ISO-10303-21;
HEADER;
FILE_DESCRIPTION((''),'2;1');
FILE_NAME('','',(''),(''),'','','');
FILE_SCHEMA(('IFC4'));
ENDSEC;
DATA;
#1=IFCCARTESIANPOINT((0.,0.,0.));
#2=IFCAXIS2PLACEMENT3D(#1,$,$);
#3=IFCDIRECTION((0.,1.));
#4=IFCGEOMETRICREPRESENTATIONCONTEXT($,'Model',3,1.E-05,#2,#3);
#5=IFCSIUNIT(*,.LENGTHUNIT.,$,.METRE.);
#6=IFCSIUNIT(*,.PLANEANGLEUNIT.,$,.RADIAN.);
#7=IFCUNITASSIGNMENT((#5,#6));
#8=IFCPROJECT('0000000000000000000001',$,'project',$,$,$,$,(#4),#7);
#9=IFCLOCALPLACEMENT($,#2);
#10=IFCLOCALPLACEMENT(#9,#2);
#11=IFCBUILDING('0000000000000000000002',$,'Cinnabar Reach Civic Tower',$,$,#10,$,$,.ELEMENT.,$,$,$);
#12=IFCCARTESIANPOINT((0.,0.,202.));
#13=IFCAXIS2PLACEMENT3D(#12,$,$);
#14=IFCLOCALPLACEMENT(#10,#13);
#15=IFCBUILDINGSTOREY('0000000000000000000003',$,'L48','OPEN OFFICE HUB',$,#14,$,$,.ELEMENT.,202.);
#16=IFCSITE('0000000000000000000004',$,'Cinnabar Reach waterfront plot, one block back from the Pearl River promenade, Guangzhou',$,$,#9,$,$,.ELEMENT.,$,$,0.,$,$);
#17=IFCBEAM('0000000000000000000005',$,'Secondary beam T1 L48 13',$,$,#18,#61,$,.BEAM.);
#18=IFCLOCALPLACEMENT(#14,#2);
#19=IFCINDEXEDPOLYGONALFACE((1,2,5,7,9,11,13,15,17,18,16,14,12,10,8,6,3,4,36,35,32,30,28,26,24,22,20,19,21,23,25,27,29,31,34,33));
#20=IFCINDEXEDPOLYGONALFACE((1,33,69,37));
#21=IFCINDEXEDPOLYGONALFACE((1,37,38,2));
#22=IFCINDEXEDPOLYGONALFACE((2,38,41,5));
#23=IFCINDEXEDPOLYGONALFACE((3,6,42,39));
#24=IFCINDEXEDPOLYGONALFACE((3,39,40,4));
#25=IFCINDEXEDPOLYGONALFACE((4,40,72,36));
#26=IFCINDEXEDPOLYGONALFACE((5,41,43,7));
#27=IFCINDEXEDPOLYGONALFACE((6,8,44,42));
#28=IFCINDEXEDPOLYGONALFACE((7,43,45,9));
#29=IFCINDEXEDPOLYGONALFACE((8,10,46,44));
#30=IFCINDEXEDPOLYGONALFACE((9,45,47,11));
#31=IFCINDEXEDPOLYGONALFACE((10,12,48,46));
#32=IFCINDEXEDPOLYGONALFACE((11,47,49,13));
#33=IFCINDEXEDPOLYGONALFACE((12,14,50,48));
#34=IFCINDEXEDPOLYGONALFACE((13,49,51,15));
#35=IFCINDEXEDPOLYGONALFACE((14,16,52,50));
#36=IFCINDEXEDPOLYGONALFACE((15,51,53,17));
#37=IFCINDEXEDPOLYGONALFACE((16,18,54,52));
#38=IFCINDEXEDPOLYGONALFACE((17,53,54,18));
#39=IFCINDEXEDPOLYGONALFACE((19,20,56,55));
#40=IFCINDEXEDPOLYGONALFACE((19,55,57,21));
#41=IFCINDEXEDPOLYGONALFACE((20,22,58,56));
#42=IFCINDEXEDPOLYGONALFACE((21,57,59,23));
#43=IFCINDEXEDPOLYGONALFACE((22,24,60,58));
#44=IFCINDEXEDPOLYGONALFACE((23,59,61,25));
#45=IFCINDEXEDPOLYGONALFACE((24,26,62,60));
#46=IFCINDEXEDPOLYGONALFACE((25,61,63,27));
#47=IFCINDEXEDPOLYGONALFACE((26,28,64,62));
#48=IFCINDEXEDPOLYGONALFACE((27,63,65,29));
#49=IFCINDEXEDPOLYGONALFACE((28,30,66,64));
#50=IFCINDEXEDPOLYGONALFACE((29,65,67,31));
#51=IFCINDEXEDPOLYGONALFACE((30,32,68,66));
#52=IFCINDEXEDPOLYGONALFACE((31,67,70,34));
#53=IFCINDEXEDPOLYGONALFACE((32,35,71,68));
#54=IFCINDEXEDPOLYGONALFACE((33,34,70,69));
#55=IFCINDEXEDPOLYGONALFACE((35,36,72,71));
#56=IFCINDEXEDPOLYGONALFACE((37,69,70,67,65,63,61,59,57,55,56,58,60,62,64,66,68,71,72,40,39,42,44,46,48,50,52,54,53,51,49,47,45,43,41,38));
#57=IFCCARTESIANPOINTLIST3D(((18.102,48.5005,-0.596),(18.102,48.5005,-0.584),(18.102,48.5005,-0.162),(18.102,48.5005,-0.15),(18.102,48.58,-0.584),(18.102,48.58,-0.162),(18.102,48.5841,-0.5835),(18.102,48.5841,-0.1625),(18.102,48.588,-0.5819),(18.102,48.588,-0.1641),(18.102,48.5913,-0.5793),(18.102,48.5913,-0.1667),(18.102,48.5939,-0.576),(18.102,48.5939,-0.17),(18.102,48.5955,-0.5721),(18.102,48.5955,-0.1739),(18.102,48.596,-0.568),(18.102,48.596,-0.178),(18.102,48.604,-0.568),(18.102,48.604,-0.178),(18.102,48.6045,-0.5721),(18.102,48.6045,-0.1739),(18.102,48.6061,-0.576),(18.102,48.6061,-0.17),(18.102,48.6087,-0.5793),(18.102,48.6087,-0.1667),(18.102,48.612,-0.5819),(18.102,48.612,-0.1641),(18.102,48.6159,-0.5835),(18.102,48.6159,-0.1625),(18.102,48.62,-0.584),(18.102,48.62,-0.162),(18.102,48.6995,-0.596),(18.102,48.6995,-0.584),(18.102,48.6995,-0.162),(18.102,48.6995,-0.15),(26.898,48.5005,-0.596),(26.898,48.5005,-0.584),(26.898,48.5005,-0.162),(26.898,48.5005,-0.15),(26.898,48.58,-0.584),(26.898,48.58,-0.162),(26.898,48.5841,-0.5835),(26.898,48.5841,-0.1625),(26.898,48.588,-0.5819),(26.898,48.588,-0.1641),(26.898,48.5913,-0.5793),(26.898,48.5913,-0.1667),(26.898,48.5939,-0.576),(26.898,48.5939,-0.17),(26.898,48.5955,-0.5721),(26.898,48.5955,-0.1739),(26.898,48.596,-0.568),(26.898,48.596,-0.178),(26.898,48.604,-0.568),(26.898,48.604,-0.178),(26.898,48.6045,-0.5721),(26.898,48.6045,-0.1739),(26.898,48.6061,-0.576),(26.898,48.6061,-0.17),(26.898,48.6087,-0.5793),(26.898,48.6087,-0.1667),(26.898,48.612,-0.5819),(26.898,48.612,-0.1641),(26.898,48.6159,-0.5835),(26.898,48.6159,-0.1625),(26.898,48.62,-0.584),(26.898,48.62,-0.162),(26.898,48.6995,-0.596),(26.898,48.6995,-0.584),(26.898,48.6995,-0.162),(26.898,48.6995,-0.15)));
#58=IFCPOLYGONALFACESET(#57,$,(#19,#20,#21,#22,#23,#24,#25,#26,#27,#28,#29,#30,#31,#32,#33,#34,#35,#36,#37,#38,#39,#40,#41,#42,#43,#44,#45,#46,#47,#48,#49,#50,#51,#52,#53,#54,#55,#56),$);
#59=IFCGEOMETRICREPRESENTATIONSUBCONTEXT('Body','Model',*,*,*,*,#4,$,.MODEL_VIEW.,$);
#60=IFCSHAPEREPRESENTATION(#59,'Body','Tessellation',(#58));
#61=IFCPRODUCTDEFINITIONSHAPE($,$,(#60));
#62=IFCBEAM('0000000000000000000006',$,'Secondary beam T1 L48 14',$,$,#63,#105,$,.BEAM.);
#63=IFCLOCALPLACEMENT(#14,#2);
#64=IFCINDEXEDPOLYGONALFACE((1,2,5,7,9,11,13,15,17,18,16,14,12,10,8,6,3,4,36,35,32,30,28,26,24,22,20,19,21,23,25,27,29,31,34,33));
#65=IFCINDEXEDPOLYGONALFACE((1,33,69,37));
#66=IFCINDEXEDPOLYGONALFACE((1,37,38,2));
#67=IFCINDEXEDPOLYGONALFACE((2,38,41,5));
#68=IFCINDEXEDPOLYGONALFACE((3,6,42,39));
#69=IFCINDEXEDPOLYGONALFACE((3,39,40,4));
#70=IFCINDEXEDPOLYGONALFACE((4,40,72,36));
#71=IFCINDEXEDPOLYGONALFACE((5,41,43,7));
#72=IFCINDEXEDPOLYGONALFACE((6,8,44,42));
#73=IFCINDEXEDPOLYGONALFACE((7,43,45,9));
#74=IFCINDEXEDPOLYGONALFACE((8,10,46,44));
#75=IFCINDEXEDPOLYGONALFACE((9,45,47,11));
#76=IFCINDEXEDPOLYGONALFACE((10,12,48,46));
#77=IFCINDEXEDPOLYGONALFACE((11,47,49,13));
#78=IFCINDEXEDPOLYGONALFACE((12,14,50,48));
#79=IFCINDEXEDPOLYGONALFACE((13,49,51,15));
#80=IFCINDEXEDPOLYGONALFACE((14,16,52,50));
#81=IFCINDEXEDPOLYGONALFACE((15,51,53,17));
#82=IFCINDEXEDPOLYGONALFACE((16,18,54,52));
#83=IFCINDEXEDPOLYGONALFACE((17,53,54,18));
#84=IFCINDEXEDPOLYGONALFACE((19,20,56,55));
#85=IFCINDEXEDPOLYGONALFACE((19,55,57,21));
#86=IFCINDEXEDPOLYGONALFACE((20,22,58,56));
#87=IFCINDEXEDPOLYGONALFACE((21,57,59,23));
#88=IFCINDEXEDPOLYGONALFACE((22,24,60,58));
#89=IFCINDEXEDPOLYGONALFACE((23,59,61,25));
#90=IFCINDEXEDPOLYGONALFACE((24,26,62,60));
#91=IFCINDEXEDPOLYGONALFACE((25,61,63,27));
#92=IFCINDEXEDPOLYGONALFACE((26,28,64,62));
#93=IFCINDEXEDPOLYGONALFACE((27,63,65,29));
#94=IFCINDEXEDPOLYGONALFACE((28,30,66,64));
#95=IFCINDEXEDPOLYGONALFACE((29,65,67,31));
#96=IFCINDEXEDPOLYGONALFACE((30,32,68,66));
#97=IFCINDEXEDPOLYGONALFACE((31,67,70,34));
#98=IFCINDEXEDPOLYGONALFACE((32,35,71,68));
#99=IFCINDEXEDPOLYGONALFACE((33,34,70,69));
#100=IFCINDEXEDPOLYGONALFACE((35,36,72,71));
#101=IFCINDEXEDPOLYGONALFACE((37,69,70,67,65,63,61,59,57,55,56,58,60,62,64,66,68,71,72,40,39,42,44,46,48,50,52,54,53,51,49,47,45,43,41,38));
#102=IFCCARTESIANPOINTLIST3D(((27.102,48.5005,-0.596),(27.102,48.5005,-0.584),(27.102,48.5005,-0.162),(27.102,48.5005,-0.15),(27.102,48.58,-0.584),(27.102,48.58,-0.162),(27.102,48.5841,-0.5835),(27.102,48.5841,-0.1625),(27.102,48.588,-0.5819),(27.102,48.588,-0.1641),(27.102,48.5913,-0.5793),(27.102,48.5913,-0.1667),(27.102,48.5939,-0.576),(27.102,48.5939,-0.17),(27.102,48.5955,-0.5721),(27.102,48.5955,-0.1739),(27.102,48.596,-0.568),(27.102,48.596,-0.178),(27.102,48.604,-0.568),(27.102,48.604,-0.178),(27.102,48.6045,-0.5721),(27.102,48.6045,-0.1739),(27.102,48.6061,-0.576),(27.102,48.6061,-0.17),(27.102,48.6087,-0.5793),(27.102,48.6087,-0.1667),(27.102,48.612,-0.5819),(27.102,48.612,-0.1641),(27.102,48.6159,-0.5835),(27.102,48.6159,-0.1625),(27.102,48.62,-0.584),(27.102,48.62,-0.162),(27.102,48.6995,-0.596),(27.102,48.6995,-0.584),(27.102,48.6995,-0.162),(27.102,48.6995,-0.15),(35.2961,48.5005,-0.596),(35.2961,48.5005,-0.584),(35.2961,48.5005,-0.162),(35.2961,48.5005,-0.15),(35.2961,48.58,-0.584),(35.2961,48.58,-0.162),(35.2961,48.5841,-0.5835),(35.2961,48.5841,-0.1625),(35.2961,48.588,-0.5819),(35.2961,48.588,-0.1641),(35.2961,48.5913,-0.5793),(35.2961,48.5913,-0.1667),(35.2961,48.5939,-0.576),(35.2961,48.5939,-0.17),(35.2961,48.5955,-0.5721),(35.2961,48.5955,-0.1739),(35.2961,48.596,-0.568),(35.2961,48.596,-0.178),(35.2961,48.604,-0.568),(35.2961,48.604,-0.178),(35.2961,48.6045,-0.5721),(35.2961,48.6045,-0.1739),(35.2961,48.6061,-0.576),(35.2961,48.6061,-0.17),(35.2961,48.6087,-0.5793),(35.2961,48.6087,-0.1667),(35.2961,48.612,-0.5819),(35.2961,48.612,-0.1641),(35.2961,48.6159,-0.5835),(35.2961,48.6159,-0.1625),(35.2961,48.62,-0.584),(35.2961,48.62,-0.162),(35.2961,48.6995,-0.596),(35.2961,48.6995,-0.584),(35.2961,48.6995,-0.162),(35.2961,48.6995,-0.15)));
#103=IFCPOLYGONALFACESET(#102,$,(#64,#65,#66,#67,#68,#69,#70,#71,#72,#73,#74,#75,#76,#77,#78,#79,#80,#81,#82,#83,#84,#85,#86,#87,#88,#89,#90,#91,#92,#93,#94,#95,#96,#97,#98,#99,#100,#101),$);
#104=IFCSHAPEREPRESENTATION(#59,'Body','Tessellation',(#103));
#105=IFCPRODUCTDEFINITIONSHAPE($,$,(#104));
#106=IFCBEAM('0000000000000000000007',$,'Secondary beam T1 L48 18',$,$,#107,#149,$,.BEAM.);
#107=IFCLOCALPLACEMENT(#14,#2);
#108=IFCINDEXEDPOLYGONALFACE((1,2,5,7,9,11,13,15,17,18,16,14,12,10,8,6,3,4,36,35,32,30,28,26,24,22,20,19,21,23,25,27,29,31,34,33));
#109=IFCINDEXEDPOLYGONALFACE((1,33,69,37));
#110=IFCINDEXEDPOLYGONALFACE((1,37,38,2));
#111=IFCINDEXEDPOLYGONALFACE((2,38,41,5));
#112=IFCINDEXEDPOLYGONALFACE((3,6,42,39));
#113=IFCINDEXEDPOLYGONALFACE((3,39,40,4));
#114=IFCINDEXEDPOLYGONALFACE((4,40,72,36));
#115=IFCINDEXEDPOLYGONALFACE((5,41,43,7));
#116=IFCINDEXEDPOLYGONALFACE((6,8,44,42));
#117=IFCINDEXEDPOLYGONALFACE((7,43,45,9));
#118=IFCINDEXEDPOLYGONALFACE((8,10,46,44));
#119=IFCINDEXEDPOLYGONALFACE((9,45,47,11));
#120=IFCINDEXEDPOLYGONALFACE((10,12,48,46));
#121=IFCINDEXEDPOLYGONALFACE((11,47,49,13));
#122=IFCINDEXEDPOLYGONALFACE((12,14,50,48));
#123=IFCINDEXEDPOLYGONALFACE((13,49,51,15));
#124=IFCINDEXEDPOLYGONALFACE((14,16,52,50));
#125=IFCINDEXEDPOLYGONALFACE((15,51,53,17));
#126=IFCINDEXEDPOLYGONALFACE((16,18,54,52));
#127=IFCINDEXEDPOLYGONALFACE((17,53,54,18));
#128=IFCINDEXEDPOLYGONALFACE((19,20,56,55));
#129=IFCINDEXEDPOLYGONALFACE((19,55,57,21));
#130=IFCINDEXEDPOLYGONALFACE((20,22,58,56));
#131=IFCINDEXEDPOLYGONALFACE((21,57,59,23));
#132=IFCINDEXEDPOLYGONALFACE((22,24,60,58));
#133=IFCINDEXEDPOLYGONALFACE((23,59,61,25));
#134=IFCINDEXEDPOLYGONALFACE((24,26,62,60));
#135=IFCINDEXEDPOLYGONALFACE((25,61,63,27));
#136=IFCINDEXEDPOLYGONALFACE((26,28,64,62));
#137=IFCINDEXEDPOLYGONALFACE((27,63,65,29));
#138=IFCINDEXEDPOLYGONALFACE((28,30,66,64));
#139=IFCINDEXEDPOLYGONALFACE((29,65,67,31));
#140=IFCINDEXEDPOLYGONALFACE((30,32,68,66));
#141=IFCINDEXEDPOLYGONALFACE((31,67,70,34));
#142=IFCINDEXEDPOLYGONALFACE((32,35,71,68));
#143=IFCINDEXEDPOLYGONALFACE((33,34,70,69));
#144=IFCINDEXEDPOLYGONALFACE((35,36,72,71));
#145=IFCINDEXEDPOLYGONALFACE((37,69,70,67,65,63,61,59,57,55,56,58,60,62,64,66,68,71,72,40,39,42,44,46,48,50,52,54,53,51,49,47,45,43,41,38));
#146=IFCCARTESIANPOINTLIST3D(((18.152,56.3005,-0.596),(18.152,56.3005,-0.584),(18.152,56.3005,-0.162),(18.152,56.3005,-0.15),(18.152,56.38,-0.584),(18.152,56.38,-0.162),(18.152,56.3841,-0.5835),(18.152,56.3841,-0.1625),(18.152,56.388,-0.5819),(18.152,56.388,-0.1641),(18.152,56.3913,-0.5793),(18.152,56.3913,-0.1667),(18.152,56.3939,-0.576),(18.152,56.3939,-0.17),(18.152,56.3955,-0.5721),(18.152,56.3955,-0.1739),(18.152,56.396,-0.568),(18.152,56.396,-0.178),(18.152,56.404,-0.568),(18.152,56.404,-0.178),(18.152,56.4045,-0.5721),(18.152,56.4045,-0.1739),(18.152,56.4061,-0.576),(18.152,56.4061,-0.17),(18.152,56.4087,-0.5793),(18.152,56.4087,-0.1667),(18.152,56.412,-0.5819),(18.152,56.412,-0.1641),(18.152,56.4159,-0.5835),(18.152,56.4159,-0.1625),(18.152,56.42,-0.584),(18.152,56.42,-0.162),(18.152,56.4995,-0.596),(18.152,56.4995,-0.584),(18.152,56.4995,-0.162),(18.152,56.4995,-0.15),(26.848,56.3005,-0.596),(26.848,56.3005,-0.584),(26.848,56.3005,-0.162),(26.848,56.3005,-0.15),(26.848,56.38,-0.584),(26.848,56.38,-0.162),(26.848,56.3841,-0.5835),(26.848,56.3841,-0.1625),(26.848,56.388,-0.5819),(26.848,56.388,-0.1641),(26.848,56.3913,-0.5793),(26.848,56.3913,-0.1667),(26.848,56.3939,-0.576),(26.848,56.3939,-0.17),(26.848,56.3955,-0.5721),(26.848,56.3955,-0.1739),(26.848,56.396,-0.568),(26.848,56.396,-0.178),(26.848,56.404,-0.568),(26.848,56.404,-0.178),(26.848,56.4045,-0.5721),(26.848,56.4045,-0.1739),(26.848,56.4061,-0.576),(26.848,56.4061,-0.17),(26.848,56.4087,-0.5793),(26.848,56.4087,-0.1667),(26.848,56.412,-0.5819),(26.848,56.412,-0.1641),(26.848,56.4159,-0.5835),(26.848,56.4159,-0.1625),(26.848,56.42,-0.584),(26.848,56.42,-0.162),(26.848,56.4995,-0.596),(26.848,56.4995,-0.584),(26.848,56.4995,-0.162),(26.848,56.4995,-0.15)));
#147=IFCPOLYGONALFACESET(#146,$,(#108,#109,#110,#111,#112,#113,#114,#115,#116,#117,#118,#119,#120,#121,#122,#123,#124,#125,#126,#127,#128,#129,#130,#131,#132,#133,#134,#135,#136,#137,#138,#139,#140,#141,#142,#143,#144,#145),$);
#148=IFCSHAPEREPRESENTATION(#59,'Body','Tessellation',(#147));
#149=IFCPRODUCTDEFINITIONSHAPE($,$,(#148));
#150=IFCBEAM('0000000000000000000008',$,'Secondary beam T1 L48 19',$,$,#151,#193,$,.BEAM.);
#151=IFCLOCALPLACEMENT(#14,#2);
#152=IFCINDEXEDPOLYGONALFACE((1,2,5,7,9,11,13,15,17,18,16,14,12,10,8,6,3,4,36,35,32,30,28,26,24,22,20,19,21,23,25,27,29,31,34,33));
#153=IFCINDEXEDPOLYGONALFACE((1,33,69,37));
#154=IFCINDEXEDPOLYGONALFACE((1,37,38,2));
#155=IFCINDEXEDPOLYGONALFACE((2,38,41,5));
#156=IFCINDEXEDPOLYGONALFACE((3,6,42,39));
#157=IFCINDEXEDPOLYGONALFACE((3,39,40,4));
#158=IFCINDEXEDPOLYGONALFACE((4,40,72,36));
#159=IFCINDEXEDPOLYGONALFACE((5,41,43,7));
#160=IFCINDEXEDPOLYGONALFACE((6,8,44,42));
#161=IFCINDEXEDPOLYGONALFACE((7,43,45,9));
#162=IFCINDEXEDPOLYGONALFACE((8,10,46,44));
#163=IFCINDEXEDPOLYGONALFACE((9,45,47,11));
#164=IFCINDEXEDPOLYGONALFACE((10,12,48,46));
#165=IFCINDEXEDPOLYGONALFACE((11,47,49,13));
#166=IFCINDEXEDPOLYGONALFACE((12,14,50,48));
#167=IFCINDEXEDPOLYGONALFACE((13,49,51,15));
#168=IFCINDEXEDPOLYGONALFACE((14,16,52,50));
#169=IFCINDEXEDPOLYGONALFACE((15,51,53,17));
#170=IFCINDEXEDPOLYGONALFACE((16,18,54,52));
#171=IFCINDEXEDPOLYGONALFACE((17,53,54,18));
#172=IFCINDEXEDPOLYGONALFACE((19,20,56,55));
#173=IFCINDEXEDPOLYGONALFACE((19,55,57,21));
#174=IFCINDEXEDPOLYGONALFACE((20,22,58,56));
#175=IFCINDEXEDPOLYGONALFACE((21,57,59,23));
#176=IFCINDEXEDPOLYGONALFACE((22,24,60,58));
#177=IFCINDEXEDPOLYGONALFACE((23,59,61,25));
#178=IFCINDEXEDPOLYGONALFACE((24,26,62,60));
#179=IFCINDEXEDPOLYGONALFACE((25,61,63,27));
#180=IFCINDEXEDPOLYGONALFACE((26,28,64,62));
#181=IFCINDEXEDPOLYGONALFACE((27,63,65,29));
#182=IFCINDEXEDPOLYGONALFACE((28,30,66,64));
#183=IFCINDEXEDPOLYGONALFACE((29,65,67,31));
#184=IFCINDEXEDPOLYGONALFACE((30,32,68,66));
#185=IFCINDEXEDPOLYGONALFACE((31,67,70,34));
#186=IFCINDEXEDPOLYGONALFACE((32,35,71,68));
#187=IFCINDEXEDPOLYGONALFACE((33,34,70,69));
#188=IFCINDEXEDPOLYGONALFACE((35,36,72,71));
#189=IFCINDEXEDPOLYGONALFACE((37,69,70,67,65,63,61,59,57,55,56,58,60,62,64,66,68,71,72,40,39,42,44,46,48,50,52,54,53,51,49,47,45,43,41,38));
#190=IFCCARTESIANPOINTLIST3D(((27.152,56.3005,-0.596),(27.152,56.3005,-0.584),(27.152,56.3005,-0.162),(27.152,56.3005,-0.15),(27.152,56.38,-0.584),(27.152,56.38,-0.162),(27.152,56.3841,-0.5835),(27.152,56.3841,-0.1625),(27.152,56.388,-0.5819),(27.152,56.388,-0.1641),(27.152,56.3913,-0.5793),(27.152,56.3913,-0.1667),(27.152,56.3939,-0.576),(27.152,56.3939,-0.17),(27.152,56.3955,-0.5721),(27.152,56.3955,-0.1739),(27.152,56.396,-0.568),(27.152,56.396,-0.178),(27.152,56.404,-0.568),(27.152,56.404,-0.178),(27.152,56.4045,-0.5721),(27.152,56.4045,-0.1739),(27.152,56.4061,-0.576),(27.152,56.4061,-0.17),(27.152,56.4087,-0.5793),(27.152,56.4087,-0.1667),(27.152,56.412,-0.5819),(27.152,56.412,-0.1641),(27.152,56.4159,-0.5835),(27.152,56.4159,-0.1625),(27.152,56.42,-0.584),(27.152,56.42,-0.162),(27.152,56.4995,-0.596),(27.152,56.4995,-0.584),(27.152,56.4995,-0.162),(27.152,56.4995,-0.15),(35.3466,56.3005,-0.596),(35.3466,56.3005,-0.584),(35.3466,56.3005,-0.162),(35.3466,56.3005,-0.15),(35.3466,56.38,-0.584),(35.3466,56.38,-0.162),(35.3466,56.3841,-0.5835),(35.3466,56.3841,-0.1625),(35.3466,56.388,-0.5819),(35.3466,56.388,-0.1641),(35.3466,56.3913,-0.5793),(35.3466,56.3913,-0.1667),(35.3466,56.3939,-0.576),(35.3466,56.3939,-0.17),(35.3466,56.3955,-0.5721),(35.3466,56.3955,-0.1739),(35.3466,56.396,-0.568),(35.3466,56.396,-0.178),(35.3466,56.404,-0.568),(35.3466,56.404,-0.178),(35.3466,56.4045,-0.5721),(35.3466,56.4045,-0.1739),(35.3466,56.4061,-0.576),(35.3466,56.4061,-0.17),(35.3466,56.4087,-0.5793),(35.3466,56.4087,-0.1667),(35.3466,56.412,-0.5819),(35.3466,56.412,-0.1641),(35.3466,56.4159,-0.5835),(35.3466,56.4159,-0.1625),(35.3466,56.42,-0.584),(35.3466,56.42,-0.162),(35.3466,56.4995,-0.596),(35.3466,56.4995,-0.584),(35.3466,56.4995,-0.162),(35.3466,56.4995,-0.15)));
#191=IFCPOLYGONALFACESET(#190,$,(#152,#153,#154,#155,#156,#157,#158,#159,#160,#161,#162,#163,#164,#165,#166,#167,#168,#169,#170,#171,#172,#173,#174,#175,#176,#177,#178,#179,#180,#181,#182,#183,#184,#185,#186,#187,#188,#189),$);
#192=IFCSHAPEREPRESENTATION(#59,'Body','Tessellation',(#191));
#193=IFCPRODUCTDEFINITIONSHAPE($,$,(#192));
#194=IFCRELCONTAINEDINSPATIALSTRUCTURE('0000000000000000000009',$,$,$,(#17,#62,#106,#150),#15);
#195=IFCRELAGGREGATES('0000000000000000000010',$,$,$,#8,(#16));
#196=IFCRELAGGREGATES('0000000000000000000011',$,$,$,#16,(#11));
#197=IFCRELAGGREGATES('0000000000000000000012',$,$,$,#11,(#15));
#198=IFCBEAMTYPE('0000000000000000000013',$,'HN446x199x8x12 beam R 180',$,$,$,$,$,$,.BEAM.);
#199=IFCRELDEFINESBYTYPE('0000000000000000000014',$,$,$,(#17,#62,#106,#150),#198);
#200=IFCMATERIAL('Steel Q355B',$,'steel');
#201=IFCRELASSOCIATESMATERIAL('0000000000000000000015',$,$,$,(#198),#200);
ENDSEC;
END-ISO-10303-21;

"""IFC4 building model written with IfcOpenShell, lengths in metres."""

from ifc_helpers import new_model, si_unit, direction, frame, origin, origin_2d, place, context, subcontext, project, spatial, i_section, extrude, material, material_profile, profile_set, type_object, element, save


model = new_model("IFC4")

# Units and contexts
model_context = context("Model", 3, precision=1e-05, world=origin(), true_north=direction((0.0, 1.0)))
body_context = subcontext(model_context, "Body", "Model", "MODEL_VIEW")
ifc_project = project(units=[si_unit("LENGTHUNIT", "METRE"), si_unit("PLANEANGLEUNIT", "RADIAN")], contexts=[model_context])

# Site, building, storey
site_placement = place(None, origin())
site = spatial("IfcSite", under=ifc_project, at=site_placement, Name="Cinnabar Reach waterfront plot, one block back from the Pearl River promenade, Guangzhou", CompositionType="ELEMENT", RefElevation=0.0)
building_placement = place(site_placement, origin())
building = spatial("IfcBuilding", under=site, at=building_placement, Name="Cinnabar Reach Civic Tower", CompositionType="ELEMENT")
storey_placement = place(building_placement, frame((0.0, 0.0, 202.0)))
storey = spatial("IfcBuildingStorey", under=building, at=storey_placement, Name="L48", Description="OPEN OFFICE HUB", CompositionType="ELEMENT", Elevation=202.0)

# Beams
ifc_material_1 = material(Name="Steel Q355B", Category="steel")
ifc_material_profile_1 = material_profile(ifc_material_1, i_section(OverallWidth=0.199, OverallDepth=0.446, WebThickness=0.008, FlangeThickness=0.012, FilletRadius=0.016, at=origin_2d()), Name="HN446x199x8x12")
ifc_profile_set_1 = profile_set([ifc_material_profile_1], Name="Steel Q355B")
beam_type_1 = type_object("IfcBeamType", Name="HN446x199x8x12 beam R 180", PredefinedType="BEAM", material=ifc_profile_set_1)
beam_1_placement = place(storey_placement, frame((18.102, 48.6, -0.373), z_axis=(1.0, 0.0, 0.0), x_axis=(0.0, 1.0, 0.0)))
element("IfcBeam", 1, at=beam_1_placement, inside=storey, type_object=beam_type_1, Name="Secondary beam T1 L48 13", PredefinedType="BEAM", context=body_context, shape_type="SweptSolid", body=[
    extrude(i_section(OverallWidth=0.199, OverallDepth=0.446, WebThickness=0.008, FlangeThickness=0.012, FilletRadius=0.016, at=origin_2d()), origin(), (0.0, 0.0, 1.0), 8.796),
])
beam_2_placement = place(storey_placement, frame((27.102, 48.6, -0.373), z_axis=(1.0, 0.0, 0.0), x_axis=(0.0, 1.0, 0.0)))
element("IfcBeam", 2, at=beam_2_placement, inside=storey, type_object=beam_type_1, Name="Secondary beam T1 L48 14", PredefinedType="BEAM", context=body_context, shape_type="SweptSolid", body=[
    extrude(i_section(OverallWidth=0.199, OverallDepth=0.446, WebThickness=0.008, FlangeThickness=0.012, FilletRadius=0.016, at=origin_2d()), origin(), (0.0, 0.0, 1.0), 8.1941),
])
beam_3_placement = place(storey_placement, frame((18.152, 56.4, -0.373), z_axis=(1.0, 0.0, 0.0), x_axis=(0.0, 1.0, 0.0)))
element("IfcBeam", 3, at=beam_3_placement, inside=storey, type_object=beam_type_1, Name="Secondary beam T1 L48 18", PredefinedType="BEAM", context=body_context, shape_type="SweptSolid", body=[
    extrude(i_section(OverallWidth=0.199, OverallDepth=0.446, WebThickness=0.008, FlangeThickness=0.012, FilletRadius=0.016, at=origin_2d()), origin(), (0.0, 0.0, 1.0), 8.696),
])
beam_4_placement = place(storey_placement, frame((27.152, 56.4, -0.373), z_axis=(1.0, 0.0, 0.0), x_axis=(0.0, 1.0, 0.0)))
element("IfcBeam", 4, at=beam_4_placement, inside=storey, type_object=beam_type_1, Name="Secondary beam T1 L48 19", PredefinedType="BEAM", context=body_context, shape_type="SweptSolid", body=[
    extrude(i_section(OverallWidth=0.199, OverallDepth=0.446, WebThickness=0.008, FlangeThickness=0.012, FilletRadius=0.016, at=origin_2d()), origin(), (0.0, 0.0, 1.0), 8.1946),
])

save(model, "model.ifc")
